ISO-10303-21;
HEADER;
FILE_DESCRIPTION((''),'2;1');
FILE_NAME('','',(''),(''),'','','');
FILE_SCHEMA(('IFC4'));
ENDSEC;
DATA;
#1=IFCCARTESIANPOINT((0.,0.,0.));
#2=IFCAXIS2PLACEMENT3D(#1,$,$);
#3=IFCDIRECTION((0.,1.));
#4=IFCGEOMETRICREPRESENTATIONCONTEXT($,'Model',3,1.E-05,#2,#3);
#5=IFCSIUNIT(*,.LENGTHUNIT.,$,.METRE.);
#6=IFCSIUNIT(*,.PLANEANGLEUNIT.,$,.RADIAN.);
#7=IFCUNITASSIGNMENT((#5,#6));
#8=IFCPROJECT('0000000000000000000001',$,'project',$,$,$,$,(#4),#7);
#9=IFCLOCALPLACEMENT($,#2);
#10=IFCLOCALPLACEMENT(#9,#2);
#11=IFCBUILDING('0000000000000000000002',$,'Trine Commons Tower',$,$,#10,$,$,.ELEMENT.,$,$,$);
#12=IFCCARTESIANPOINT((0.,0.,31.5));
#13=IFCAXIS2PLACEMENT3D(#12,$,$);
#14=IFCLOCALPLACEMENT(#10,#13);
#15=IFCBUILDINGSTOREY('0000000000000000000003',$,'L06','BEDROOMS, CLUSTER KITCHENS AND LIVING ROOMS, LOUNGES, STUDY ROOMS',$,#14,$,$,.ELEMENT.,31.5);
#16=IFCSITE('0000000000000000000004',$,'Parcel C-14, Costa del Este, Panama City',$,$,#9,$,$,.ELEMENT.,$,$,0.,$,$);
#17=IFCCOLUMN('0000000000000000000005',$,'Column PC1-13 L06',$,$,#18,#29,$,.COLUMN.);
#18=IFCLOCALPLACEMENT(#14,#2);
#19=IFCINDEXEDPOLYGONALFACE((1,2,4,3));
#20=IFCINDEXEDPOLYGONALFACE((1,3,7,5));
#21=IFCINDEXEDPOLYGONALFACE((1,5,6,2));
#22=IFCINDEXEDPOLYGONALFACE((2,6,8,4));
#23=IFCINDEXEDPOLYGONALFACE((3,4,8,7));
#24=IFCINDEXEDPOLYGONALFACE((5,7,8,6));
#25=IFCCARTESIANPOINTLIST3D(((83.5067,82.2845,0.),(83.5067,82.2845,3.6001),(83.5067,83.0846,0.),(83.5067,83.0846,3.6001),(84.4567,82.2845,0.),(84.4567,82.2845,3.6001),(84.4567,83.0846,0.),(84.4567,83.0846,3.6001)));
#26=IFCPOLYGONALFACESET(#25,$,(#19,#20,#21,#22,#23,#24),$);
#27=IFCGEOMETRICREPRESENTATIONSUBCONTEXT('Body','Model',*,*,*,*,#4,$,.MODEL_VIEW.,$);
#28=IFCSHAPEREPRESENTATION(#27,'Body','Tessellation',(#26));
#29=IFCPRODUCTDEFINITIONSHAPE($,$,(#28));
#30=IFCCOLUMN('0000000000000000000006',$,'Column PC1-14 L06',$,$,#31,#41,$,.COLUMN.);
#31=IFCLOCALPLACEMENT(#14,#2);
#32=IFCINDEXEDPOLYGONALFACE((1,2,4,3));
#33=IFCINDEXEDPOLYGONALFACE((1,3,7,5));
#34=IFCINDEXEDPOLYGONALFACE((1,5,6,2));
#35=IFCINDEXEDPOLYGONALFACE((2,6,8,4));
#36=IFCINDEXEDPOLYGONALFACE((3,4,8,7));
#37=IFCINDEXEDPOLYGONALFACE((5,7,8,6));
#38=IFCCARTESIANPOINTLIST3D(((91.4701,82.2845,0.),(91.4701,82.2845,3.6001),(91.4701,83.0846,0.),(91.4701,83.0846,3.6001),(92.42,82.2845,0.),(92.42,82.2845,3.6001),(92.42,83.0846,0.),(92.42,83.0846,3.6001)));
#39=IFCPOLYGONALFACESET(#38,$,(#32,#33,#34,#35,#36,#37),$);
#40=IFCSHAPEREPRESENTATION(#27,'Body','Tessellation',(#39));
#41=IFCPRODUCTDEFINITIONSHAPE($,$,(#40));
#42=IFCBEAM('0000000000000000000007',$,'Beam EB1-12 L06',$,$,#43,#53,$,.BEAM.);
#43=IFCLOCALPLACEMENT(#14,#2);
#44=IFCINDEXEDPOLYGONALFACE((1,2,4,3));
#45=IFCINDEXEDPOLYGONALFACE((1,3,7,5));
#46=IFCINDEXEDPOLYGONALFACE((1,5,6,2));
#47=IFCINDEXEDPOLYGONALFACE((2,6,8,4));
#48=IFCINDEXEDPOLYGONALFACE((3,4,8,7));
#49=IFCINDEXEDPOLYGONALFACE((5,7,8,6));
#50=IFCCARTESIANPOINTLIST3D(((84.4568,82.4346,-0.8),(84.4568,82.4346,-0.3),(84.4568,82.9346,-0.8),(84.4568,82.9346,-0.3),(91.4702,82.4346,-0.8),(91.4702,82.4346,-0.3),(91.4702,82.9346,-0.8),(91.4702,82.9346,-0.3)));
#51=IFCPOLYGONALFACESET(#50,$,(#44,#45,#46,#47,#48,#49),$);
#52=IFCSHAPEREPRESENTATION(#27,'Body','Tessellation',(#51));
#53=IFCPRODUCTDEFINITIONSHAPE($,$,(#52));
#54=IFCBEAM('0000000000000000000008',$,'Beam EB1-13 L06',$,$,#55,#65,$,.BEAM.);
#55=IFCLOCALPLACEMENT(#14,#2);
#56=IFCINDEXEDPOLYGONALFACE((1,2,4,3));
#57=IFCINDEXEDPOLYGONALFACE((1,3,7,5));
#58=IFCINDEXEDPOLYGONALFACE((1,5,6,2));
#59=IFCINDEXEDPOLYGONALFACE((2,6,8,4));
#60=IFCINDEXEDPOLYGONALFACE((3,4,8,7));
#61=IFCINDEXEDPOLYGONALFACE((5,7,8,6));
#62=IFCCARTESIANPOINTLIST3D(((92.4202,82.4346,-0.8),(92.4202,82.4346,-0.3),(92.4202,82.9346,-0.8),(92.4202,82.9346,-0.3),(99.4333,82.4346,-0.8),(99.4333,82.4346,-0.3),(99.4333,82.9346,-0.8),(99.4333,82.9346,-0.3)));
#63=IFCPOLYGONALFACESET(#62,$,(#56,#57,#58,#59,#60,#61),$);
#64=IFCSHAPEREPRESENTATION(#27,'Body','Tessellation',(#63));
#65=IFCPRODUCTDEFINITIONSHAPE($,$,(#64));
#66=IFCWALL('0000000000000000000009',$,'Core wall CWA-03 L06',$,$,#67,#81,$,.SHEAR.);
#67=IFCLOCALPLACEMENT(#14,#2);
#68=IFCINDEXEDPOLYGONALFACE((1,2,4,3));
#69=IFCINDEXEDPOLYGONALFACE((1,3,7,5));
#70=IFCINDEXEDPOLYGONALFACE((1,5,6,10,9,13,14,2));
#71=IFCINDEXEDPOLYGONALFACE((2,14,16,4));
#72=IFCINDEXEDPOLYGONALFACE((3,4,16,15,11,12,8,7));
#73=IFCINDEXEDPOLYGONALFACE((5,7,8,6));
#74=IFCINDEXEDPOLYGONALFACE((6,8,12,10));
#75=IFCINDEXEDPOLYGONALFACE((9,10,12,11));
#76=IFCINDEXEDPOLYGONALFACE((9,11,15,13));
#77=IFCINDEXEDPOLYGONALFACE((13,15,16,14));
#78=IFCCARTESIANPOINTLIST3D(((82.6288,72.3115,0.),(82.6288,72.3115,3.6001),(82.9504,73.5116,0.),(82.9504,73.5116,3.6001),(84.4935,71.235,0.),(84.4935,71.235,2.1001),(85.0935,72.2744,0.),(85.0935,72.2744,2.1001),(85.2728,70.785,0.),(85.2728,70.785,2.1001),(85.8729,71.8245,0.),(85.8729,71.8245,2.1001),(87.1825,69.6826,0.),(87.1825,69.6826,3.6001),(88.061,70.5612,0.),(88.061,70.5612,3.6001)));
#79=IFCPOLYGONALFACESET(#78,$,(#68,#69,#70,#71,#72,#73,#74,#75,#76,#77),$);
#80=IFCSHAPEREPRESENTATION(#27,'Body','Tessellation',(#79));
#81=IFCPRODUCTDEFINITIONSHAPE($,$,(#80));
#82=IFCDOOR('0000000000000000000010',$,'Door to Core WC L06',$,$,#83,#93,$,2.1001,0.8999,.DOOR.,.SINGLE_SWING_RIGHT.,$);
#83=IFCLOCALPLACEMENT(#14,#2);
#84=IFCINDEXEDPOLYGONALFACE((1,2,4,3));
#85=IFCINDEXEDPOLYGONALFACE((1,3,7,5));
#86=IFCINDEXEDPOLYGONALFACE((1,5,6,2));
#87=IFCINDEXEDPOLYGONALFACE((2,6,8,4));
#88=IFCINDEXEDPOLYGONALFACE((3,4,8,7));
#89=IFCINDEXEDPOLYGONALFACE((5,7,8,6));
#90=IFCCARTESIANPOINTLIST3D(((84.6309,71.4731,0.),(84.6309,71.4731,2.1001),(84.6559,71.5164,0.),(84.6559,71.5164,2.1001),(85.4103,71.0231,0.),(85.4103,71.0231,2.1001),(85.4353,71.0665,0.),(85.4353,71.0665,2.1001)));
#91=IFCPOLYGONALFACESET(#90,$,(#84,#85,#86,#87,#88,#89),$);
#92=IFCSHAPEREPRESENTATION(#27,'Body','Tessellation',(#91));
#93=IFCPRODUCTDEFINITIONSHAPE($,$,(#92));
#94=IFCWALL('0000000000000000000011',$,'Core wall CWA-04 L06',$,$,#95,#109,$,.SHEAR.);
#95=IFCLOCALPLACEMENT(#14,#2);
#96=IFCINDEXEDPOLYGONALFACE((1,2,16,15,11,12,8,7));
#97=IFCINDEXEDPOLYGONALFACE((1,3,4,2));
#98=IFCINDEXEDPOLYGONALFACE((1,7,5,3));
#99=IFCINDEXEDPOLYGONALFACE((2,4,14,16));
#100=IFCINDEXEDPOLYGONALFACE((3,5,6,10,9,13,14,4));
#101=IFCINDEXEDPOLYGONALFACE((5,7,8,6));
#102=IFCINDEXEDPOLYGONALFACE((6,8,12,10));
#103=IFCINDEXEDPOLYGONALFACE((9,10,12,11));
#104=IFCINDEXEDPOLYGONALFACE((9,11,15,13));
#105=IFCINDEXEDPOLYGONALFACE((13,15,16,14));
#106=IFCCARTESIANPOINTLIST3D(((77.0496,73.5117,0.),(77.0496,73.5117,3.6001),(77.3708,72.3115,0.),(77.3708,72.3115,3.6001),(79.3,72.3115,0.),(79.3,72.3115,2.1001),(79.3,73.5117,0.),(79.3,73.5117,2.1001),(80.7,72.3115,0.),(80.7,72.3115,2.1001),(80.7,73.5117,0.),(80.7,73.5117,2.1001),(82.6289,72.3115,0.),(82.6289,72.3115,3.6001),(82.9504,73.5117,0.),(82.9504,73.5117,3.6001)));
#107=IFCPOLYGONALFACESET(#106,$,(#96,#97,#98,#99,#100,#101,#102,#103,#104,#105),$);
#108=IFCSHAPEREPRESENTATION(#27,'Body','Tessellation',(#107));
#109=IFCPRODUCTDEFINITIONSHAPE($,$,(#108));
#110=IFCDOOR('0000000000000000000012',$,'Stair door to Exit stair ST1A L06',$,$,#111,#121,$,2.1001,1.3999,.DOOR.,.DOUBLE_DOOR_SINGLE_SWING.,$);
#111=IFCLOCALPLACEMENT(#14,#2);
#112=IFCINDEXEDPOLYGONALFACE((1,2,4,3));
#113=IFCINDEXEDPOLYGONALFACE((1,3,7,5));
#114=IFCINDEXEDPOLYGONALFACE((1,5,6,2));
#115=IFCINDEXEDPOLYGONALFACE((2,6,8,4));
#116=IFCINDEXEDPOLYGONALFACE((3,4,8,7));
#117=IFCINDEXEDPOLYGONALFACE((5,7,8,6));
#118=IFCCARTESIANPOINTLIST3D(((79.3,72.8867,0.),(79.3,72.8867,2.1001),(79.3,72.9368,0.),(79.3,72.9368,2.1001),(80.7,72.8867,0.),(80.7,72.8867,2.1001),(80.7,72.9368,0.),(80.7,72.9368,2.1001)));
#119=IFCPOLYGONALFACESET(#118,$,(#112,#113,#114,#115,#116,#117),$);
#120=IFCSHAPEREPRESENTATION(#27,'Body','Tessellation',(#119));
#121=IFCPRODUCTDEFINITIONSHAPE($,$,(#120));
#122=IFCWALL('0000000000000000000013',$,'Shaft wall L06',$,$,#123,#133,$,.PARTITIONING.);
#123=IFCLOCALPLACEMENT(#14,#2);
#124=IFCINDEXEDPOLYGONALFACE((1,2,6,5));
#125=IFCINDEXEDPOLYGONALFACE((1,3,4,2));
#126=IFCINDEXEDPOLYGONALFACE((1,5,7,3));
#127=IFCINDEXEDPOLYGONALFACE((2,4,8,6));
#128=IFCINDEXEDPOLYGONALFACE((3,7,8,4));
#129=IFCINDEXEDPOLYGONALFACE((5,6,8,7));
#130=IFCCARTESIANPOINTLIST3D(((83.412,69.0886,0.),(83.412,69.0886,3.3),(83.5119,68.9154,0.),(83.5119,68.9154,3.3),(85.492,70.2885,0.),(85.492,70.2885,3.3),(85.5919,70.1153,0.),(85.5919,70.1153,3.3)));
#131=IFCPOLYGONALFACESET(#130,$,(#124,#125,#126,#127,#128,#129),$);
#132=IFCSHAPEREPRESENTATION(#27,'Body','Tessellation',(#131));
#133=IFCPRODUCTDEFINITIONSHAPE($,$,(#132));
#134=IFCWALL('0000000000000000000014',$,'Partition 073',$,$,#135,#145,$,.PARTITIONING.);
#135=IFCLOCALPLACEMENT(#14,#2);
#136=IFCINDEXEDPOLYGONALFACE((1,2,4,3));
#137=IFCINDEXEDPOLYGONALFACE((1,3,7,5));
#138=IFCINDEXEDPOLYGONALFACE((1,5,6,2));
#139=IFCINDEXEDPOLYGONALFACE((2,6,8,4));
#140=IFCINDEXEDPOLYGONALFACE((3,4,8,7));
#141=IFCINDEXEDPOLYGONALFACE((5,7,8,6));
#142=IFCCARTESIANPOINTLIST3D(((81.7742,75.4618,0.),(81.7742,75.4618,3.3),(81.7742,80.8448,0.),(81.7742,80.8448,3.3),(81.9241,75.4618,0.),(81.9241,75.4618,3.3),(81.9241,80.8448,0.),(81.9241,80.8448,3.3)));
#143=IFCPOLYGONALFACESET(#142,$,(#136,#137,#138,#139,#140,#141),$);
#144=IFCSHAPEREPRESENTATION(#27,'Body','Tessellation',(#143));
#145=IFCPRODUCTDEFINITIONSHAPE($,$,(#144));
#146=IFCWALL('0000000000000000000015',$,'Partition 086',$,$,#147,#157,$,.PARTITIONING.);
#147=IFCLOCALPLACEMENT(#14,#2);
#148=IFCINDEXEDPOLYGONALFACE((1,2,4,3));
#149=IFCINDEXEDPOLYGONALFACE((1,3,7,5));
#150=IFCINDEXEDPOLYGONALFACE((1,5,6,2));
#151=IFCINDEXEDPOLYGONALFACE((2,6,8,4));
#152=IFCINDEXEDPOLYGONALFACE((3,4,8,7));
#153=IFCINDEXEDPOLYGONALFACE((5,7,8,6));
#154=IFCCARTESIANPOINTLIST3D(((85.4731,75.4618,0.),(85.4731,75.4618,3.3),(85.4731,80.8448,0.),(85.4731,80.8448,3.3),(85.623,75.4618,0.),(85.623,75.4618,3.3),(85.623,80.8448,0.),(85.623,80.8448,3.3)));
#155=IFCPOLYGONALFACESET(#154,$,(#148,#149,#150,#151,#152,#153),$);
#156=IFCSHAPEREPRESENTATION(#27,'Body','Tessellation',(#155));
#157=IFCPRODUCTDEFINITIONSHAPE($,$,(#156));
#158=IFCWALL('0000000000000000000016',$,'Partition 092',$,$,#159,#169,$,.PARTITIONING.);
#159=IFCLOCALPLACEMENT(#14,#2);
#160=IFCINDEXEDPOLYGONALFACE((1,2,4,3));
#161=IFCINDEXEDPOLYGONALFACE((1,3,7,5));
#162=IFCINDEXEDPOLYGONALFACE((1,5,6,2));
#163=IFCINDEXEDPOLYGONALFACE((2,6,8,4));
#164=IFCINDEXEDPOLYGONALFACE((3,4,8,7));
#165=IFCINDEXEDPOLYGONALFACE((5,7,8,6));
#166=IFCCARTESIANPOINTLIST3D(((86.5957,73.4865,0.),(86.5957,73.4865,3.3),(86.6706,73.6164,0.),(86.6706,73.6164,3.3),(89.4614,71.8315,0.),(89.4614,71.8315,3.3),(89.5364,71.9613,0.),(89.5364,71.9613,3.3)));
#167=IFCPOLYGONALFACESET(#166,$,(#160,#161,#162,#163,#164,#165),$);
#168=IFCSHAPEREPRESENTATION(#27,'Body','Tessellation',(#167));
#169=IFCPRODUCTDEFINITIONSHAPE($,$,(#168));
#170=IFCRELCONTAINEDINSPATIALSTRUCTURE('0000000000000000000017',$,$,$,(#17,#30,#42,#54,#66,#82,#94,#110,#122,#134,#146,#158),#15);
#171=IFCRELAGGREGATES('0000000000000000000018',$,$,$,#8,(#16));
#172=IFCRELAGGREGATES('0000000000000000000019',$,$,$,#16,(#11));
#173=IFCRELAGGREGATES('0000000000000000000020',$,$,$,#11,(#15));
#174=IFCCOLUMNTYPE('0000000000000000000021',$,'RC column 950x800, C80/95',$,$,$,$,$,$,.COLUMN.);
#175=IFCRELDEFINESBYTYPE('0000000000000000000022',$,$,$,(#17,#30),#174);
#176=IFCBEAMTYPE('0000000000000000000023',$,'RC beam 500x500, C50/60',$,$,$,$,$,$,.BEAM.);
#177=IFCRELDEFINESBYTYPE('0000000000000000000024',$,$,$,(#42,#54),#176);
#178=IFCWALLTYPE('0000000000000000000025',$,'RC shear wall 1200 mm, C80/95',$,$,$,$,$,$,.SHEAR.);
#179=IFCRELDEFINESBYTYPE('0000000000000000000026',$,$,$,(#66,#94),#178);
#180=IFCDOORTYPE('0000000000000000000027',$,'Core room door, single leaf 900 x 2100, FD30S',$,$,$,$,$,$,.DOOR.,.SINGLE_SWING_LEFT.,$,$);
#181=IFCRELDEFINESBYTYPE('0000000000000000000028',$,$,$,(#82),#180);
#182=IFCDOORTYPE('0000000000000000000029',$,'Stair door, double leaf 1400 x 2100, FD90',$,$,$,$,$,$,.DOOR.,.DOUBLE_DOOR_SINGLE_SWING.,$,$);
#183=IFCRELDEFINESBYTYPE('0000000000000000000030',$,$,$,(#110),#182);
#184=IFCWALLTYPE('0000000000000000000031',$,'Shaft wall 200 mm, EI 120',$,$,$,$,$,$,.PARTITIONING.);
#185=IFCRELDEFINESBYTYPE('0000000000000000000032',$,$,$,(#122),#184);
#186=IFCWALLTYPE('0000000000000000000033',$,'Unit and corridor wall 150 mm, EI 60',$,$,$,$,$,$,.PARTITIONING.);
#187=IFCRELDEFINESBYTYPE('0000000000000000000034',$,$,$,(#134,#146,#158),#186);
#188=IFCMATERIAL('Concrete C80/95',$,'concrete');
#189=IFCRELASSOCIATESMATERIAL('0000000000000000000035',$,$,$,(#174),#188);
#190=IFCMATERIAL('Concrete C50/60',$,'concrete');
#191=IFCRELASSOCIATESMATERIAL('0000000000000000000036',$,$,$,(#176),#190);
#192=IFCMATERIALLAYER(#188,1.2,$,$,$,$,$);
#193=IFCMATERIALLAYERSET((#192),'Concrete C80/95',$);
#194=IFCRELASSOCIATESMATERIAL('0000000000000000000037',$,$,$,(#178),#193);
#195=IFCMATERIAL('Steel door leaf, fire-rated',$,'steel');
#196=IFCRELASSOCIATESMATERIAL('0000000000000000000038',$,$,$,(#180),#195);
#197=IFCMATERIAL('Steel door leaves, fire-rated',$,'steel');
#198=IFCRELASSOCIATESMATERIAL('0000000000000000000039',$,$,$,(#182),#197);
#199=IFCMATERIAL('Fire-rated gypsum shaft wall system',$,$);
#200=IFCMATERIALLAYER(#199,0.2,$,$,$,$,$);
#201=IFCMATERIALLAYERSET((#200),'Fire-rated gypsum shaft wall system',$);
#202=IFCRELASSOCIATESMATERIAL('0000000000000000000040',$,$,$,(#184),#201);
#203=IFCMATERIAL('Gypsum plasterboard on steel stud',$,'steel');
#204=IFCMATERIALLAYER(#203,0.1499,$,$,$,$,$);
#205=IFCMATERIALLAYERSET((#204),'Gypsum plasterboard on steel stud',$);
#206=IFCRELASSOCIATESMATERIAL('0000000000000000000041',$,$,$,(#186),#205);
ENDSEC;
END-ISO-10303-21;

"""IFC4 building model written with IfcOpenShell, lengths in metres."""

from ifc_helpers import new_model, si_unit, direction, frame, frame_2d, origin, origin_2d, place, context, subcontext, project, spatial, polyline, rectangle, outline, extrude, material, layer, layer_set, material_profile, profile_set, type_object, element, fill, save


model = new_model("IFC4")

# Units and contexts
model_context = context("Model", 3, precision=1e-05, world=origin(), true_north=direction((0.0, 1.0)))
body_context = subcontext(model_context, "Body", "Model", "MODEL_VIEW")
ifc_project = project(units=[si_unit("LENGTHUNIT", "METRE"), si_unit("PLANEANGLEUNIT", "RADIAN")], contexts=[model_context])

# Site, building, storey
site_placement = place(None, origin())
site = spatial("IfcSite", under=ifc_project, at=site_placement, Name="Parcel C-14, Costa del Este, Panama City", CompositionType="ELEMENT", RefElevation=0.0)
building_placement = place(site_placement, origin())
building = spatial("IfcBuilding", under=site, at=building_placement, Name="Trine Commons Tower", CompositionType="ELEMENT")
storey_placement = place(building_placement, frame((0.0, 0.0, 31.5)))
storey = spatial("IfcBuildingStorey", under=building, at=storey_placement, Name="L06", Description="BEDROOMS, CLUSTER KITCHENS AND LIVING ROOMS, LOUNGES, STUDY ROOMS", CompositionType="ELEMENT", Elevation=31.5)

# Columns
ifc_material_1 = material(Name="Concrete C80/95", Category="concrete")
ifc_material_profile_1 = material_profile(ifc_material_1, rectangle(XDim=0.95, YDim=0.8, at=origin_2d()), Name="RC 950x800")
ifc_profile_set_1 = profile_set([ifc_material_profile_1], Name="Concrete C80/95")
column_type = type_object("IfcColumnType", Name="RC column 950x800, C80/95", PredefinedType="COLUMN", material=ifc_profile_set_1)
for number, where, z_axis, x_axis, name in (
    (1, (83.9817, 82.6846, 0.0), (0.0, 0.0, 1.0), (1.0, 0.0, 0.0), "Column PC1-13 L06"),
    (2, (91.9451, 82.6846, 0.0), (0.0, 0.0, 1.0), (1.0, 0.0, 0.0), "Column PC1-14 L06"),
):
    element("IfcColumn", number, at=place(storey_placement, frame(where, z_axis=z_axis, x_axis=x_axis)), inside=storey, type_object=column_type, Name=name, PredefinedType="COLUMN", context=body_context, shape_type="SweptSolid", body=[
        extrude(rectangle(XDim=0.95, YDim=0.8, at=origin_2d()), origin(), (0.0, 0.0, 1.0), 3.6001),
    ])

# Beams
ifc_material_2 = material(Name="Concrete C50/60", Category="concrete")
ifc_material_profile_2 = material_profile(ifc_material_2, rectangle(XDim=0.5, YDim=0.5, at=origin_2d()), Name="RC 500x500")
ifc_profile_set_2 = profile_set([ifc_material_profile_2], Name="Concrete C50/60")
beam_type = type_object("IfcBeamType", Name="RC beam 500x500, C50/60", PredefinedType="BEAM", material=ifc_profile_set_2)
beam_1_placement = place(storey_placement, frame((84.4568, 82.6846, -0.55), z_axis=(1.0, 0.0, 0.0), x_axis=(0.0, 1.0, 0.0)))
element("IfcBeam", 3, at=beam_1_placement, inside=storey, type_object=beam_type, Name="Beam EB1-12 L06", PredefinedType="BEAM", context=body_context, shape_type="SweptSolid", body=[
    extrude(rectangle(XDim=0.5, YDim=0.5, at=origin_2d()), origin(), (0.0, 0.0, 1.0), 7.0134),
])
beam_2_placement = place(storey_placement, frame((92.4202, 82.6846, -0.55), z_axis=(1.0, 0.0, 0.0), x_axis=(0.0, 1.0, 0.0)))
element("IfcBeam", 4, at=beam_2_placement, inside=storey, type_object=beam_type, Name="Beam EB1-13 L06", PredefinedType="BEAM", context=body_context, shape_type="SweptSolid", body=[
    extrude(rectangle(XDim=0.5, YDim=0.5, at=origin_2d()), origin(), (0.0, 0.0, 1.0), 7.0132),
])

# Walls, openings, doors
ifc_layer_1 = layer(ifc_material_1, 1.2)
ifc_layer_set_1 = layer_set([ifc_layer_1], Name="Concrete C80/95")
wall_type_1 = type_object("IfcWallType", Name="RC shear wall 1200 mm, C80/95", PredefinedType="SHEAR", material=ifc_layer_set_1)
wall_1_placement = place(storey_placement, frame((87.761, 70.0415, 0.0), z_axis=(0.0, 0.0, 1.0), x_axis=(-0.866037, 0.499979, 0.0)))
wall_1 = element("IfcWall", 5, at=wall_1_placement, inside=storey, type_object=wall_type_1, Name="Core wall CWA-03 L06", PredefinedType="SHEAR", context=body_context, shape_type="SweptSolid", body=[
    extrude(outline(polyline([(0.0, -0.6001), (5.9011, -0.6001), (5.5796, 0.6001), (0.3215, 0.6001), (0.0, -0.6001)])), origin(), (0.0, 0.0, 1.0), 3.6001),
])
opening_1_placement = place(wall_1_placement, frame((2.5266, 0.0, 0.0)))
opening_1 = element("IfcOpeningElement", 6, at=opening_1_placement, cuts=wall_1, PredefinedType="OPENING", context=body_context, shape_type="SweptSolid", body=[
    extrude(rectangle(XDim=0.8999, YDim=2.1001, at=frame_2d((0.45, 1.05))), frame((0.0, 0.6099, 0.0), z_axis=(0.0, -1.0, 0.0), x_axis=(1.0, 0.0, 0.0)), (0.0, 0.0, 1.0), 1.22),
])
ifc_material_3 = material(Name="Steel door leaf, fire-rated", Category="steel")
door_type_1 = type_object("IfcDoorType", Name="Core room door, single leaf 900 x 2100, FD30S", OperationType="SINGLE_SWING_LEFT", PredefinedType="DOOR", material=ifc_material_3)
door_1_placement = place(opening_1_placement, origin())
door_1 = element("IfcDoor", 7, at=door_1_placement, inside=storey, type_object=door_type_1, Name="Door to Core WC L06", OperationType="SINGLE_SWING_RIGHT", OverallHeight=2.1001, OverallWidth=0.8999, PredefinedType="DOOR", context=body_context, shape_type="SweptSolid", body=[
    extrude(rectangle(XDim=0.8999, YDim=2.1001, at=frame_2d((0.45, 1.05))), frame((0.0, 0.3252, 0.0), z_axis=(0.0, -1.0, 0.0), x_axis=(1.0, 0.0, 0.0)), (0.0, 0.0, 1.0), 0.05),
])
fill(opening_1, door_1)
wall_2_placement = place(storey_placement, frame((82.9504, 72.9116, 0.0), z_axis=(0.0, 0.0, 1.0), x_axis=(-1.0, 0.0, 0.0)))
wall_2 = element("IfcWall", 8, at=wall_2_placement, inside=storey, type_object=wall_type_1, Name="Core wall CWA-04 L06", PredefinedType="SHEAR", context=body_context, shape_type="SweptSolid", body=[
    extrude(outline(polyline([(0.0, -0.6001), (5.9009, -0.6001), (5.5796, 0.6001), (0.3215, 0.6001), (0.0, -0.6001)])), origin(), (0.0, 0.0, 1.0), 3.6001),
])
opening_2_placement = place(wall_2_placement, frame((2.2505, 0.0, 0.0)))
opening_2 = element("IfcOpeningElement", 9, at=opening_2_placement, cuts=wall_2, PredefinedType="OPENING", context=body_context, shape_type="SweptSolid", body=[
    extrude(rectangle(XDim=1.3999, YDim=2.1001, at=frame_2d((0.7, 1.05))), frame((0.0, 0.6099, 0.0), z_axis=(0.0, -1.0, 0.0), x_axis=(1.0, 0.0, 0.0)), (0.0, 0.0, 1.0), 1.22),
])
ifc_material_4 = material(Name="Steel door leaves, fire-rated", Category="steel")
door_type_2 = type_object("IfcDoorType", Name="Stair door, double leaf 1400 x 2100, FD90", OperationType="DOUBLE_DOOR_SINGLE_SWING", PredefinedType="DOOR", material=ifc_material_4)
door_2_placement = place(opening_2_placement, origin())
door_2 = element("IfcDoor", 10, at=door_2_placement, inside=storey, type_object=door_type_2, Name="Stair door to Exit stair ST1A L06", OperationType="DOUBLE_DOOR_SINGLE_SWING", OverallHeight=2.1001, OverallWidth=1.3999, PredefinedType="DOOR", context=body_context, shape_type="SweptSolid", body=[
    extrude(rectangle(XDim=1.3999, YDim=2.1001, at=frame_2d((0.7, 1.05))), frame((0.0, 0.0249, 0.0), z_axis=(0.0, -1.0, 0.0), x_axis=(1.0, 0.0, 0.0)), (0.0, 0.0, 1.0), 0.05),
])
fill(opening_2, door_2)

# Walls
ifc_material_5 = material(Name="Fire-rated gypsum shaft wall system")
ifc_layer_2 = layer(ifc_material_5, 0.2)
ifc_layer_set_2 = layer_set([ifc_layer_2], Name="Fire-rated gypsum shaft wall system")
wall_type_2 = type_object("IfcWallType", Name="Shaft wall 200 mm, EI 120", PredefinedType="PARTITIONING", material=ifc_layer_set_2)
wall_3_placement = place(storey_placement, frame((83.4619, 69.002, 0.0), z_axis=(0.0, 0.0, 1.0), x_axis=(0.866203, 0.499693, 0.0)))
element("IfcWall", 11, at=wall_3_placement, inside=storey, type_object=wall_type_2, Name="Shaft wall L06", PredefinedType="PARTITIONING", context=body_context, shape_type="SweptSolid", body=[
    extrude(rectangle(XDim=2.4014, YDim=0.2, at=frame_2d((1.2007, 0.0))), origin(), (0.0, 0.0, 1.0), 3.3),
])
ifc_material_6 = material(Name="Gypsum plasterboard on steel stud", Category="steel")
ifc_layer_3 = layer(ifc_material_6, 0.1499)
ifc_layer_set_3 = layer_set([ifc_layer_3], Name="Gypsum plasterboard on steel stud")
wall_type_3 = type_object("IfcWallType", Name="Unit and corridor wall 150 mm, EI 60", PredefinedType="PARTITIONING", material=ifc_layer_set_3)
for number, where, z_axis, x_axis, name in (
    (12, (81.8491, 75.4619, 0.0), (0.0, 0.0, 1.0), (0.0, 1.0, 0.0), "Partition 073"),
    (13, (85.5481, 75.4619, 0.0), (0.0, 0.0, 1.0), (0.0, 1.0, 0.0), "Partition 086"),
):
    element("IfcWall", number, at=place(storey_placement, frame(where, z_axis=z_axis, x_axis=x_axis)), inside=storey, type_object=wall_type_3, Name=name, PredefinedType="PARTITIONING", context=body_context, shape_type="SweptSolid", body=[
        extrude(rectangle(XDim=5.3831, YDim=0.1499, at=frame_2d((2.6914, 0.0))), origin(), (0.0, 0.0, 1.0), 3.3),
    ])
wall_4_placement = place(storey_placement, frame((86.6331, 73.5515, 0.0), z_axis=(0.0, 0.0, 1.0), x_axis=(0.86596, -0.500114, 0.0)))
element("IfcWall", 14, at=wall_4_placement, inside=storey, type_object=wall_type_3, Name="Partition 092", PredefinedType="PARTITIONING", context=body_context, shape_type="SweptSolid", body=[
    extrude(rectangle(XDim=3.3093, YDim=0.1499, at=frame_2d((1.6548, 0.0))), origin(), (0.0, 0.0, 1.0), 3.3),
])

save(model, "model.ifc")
